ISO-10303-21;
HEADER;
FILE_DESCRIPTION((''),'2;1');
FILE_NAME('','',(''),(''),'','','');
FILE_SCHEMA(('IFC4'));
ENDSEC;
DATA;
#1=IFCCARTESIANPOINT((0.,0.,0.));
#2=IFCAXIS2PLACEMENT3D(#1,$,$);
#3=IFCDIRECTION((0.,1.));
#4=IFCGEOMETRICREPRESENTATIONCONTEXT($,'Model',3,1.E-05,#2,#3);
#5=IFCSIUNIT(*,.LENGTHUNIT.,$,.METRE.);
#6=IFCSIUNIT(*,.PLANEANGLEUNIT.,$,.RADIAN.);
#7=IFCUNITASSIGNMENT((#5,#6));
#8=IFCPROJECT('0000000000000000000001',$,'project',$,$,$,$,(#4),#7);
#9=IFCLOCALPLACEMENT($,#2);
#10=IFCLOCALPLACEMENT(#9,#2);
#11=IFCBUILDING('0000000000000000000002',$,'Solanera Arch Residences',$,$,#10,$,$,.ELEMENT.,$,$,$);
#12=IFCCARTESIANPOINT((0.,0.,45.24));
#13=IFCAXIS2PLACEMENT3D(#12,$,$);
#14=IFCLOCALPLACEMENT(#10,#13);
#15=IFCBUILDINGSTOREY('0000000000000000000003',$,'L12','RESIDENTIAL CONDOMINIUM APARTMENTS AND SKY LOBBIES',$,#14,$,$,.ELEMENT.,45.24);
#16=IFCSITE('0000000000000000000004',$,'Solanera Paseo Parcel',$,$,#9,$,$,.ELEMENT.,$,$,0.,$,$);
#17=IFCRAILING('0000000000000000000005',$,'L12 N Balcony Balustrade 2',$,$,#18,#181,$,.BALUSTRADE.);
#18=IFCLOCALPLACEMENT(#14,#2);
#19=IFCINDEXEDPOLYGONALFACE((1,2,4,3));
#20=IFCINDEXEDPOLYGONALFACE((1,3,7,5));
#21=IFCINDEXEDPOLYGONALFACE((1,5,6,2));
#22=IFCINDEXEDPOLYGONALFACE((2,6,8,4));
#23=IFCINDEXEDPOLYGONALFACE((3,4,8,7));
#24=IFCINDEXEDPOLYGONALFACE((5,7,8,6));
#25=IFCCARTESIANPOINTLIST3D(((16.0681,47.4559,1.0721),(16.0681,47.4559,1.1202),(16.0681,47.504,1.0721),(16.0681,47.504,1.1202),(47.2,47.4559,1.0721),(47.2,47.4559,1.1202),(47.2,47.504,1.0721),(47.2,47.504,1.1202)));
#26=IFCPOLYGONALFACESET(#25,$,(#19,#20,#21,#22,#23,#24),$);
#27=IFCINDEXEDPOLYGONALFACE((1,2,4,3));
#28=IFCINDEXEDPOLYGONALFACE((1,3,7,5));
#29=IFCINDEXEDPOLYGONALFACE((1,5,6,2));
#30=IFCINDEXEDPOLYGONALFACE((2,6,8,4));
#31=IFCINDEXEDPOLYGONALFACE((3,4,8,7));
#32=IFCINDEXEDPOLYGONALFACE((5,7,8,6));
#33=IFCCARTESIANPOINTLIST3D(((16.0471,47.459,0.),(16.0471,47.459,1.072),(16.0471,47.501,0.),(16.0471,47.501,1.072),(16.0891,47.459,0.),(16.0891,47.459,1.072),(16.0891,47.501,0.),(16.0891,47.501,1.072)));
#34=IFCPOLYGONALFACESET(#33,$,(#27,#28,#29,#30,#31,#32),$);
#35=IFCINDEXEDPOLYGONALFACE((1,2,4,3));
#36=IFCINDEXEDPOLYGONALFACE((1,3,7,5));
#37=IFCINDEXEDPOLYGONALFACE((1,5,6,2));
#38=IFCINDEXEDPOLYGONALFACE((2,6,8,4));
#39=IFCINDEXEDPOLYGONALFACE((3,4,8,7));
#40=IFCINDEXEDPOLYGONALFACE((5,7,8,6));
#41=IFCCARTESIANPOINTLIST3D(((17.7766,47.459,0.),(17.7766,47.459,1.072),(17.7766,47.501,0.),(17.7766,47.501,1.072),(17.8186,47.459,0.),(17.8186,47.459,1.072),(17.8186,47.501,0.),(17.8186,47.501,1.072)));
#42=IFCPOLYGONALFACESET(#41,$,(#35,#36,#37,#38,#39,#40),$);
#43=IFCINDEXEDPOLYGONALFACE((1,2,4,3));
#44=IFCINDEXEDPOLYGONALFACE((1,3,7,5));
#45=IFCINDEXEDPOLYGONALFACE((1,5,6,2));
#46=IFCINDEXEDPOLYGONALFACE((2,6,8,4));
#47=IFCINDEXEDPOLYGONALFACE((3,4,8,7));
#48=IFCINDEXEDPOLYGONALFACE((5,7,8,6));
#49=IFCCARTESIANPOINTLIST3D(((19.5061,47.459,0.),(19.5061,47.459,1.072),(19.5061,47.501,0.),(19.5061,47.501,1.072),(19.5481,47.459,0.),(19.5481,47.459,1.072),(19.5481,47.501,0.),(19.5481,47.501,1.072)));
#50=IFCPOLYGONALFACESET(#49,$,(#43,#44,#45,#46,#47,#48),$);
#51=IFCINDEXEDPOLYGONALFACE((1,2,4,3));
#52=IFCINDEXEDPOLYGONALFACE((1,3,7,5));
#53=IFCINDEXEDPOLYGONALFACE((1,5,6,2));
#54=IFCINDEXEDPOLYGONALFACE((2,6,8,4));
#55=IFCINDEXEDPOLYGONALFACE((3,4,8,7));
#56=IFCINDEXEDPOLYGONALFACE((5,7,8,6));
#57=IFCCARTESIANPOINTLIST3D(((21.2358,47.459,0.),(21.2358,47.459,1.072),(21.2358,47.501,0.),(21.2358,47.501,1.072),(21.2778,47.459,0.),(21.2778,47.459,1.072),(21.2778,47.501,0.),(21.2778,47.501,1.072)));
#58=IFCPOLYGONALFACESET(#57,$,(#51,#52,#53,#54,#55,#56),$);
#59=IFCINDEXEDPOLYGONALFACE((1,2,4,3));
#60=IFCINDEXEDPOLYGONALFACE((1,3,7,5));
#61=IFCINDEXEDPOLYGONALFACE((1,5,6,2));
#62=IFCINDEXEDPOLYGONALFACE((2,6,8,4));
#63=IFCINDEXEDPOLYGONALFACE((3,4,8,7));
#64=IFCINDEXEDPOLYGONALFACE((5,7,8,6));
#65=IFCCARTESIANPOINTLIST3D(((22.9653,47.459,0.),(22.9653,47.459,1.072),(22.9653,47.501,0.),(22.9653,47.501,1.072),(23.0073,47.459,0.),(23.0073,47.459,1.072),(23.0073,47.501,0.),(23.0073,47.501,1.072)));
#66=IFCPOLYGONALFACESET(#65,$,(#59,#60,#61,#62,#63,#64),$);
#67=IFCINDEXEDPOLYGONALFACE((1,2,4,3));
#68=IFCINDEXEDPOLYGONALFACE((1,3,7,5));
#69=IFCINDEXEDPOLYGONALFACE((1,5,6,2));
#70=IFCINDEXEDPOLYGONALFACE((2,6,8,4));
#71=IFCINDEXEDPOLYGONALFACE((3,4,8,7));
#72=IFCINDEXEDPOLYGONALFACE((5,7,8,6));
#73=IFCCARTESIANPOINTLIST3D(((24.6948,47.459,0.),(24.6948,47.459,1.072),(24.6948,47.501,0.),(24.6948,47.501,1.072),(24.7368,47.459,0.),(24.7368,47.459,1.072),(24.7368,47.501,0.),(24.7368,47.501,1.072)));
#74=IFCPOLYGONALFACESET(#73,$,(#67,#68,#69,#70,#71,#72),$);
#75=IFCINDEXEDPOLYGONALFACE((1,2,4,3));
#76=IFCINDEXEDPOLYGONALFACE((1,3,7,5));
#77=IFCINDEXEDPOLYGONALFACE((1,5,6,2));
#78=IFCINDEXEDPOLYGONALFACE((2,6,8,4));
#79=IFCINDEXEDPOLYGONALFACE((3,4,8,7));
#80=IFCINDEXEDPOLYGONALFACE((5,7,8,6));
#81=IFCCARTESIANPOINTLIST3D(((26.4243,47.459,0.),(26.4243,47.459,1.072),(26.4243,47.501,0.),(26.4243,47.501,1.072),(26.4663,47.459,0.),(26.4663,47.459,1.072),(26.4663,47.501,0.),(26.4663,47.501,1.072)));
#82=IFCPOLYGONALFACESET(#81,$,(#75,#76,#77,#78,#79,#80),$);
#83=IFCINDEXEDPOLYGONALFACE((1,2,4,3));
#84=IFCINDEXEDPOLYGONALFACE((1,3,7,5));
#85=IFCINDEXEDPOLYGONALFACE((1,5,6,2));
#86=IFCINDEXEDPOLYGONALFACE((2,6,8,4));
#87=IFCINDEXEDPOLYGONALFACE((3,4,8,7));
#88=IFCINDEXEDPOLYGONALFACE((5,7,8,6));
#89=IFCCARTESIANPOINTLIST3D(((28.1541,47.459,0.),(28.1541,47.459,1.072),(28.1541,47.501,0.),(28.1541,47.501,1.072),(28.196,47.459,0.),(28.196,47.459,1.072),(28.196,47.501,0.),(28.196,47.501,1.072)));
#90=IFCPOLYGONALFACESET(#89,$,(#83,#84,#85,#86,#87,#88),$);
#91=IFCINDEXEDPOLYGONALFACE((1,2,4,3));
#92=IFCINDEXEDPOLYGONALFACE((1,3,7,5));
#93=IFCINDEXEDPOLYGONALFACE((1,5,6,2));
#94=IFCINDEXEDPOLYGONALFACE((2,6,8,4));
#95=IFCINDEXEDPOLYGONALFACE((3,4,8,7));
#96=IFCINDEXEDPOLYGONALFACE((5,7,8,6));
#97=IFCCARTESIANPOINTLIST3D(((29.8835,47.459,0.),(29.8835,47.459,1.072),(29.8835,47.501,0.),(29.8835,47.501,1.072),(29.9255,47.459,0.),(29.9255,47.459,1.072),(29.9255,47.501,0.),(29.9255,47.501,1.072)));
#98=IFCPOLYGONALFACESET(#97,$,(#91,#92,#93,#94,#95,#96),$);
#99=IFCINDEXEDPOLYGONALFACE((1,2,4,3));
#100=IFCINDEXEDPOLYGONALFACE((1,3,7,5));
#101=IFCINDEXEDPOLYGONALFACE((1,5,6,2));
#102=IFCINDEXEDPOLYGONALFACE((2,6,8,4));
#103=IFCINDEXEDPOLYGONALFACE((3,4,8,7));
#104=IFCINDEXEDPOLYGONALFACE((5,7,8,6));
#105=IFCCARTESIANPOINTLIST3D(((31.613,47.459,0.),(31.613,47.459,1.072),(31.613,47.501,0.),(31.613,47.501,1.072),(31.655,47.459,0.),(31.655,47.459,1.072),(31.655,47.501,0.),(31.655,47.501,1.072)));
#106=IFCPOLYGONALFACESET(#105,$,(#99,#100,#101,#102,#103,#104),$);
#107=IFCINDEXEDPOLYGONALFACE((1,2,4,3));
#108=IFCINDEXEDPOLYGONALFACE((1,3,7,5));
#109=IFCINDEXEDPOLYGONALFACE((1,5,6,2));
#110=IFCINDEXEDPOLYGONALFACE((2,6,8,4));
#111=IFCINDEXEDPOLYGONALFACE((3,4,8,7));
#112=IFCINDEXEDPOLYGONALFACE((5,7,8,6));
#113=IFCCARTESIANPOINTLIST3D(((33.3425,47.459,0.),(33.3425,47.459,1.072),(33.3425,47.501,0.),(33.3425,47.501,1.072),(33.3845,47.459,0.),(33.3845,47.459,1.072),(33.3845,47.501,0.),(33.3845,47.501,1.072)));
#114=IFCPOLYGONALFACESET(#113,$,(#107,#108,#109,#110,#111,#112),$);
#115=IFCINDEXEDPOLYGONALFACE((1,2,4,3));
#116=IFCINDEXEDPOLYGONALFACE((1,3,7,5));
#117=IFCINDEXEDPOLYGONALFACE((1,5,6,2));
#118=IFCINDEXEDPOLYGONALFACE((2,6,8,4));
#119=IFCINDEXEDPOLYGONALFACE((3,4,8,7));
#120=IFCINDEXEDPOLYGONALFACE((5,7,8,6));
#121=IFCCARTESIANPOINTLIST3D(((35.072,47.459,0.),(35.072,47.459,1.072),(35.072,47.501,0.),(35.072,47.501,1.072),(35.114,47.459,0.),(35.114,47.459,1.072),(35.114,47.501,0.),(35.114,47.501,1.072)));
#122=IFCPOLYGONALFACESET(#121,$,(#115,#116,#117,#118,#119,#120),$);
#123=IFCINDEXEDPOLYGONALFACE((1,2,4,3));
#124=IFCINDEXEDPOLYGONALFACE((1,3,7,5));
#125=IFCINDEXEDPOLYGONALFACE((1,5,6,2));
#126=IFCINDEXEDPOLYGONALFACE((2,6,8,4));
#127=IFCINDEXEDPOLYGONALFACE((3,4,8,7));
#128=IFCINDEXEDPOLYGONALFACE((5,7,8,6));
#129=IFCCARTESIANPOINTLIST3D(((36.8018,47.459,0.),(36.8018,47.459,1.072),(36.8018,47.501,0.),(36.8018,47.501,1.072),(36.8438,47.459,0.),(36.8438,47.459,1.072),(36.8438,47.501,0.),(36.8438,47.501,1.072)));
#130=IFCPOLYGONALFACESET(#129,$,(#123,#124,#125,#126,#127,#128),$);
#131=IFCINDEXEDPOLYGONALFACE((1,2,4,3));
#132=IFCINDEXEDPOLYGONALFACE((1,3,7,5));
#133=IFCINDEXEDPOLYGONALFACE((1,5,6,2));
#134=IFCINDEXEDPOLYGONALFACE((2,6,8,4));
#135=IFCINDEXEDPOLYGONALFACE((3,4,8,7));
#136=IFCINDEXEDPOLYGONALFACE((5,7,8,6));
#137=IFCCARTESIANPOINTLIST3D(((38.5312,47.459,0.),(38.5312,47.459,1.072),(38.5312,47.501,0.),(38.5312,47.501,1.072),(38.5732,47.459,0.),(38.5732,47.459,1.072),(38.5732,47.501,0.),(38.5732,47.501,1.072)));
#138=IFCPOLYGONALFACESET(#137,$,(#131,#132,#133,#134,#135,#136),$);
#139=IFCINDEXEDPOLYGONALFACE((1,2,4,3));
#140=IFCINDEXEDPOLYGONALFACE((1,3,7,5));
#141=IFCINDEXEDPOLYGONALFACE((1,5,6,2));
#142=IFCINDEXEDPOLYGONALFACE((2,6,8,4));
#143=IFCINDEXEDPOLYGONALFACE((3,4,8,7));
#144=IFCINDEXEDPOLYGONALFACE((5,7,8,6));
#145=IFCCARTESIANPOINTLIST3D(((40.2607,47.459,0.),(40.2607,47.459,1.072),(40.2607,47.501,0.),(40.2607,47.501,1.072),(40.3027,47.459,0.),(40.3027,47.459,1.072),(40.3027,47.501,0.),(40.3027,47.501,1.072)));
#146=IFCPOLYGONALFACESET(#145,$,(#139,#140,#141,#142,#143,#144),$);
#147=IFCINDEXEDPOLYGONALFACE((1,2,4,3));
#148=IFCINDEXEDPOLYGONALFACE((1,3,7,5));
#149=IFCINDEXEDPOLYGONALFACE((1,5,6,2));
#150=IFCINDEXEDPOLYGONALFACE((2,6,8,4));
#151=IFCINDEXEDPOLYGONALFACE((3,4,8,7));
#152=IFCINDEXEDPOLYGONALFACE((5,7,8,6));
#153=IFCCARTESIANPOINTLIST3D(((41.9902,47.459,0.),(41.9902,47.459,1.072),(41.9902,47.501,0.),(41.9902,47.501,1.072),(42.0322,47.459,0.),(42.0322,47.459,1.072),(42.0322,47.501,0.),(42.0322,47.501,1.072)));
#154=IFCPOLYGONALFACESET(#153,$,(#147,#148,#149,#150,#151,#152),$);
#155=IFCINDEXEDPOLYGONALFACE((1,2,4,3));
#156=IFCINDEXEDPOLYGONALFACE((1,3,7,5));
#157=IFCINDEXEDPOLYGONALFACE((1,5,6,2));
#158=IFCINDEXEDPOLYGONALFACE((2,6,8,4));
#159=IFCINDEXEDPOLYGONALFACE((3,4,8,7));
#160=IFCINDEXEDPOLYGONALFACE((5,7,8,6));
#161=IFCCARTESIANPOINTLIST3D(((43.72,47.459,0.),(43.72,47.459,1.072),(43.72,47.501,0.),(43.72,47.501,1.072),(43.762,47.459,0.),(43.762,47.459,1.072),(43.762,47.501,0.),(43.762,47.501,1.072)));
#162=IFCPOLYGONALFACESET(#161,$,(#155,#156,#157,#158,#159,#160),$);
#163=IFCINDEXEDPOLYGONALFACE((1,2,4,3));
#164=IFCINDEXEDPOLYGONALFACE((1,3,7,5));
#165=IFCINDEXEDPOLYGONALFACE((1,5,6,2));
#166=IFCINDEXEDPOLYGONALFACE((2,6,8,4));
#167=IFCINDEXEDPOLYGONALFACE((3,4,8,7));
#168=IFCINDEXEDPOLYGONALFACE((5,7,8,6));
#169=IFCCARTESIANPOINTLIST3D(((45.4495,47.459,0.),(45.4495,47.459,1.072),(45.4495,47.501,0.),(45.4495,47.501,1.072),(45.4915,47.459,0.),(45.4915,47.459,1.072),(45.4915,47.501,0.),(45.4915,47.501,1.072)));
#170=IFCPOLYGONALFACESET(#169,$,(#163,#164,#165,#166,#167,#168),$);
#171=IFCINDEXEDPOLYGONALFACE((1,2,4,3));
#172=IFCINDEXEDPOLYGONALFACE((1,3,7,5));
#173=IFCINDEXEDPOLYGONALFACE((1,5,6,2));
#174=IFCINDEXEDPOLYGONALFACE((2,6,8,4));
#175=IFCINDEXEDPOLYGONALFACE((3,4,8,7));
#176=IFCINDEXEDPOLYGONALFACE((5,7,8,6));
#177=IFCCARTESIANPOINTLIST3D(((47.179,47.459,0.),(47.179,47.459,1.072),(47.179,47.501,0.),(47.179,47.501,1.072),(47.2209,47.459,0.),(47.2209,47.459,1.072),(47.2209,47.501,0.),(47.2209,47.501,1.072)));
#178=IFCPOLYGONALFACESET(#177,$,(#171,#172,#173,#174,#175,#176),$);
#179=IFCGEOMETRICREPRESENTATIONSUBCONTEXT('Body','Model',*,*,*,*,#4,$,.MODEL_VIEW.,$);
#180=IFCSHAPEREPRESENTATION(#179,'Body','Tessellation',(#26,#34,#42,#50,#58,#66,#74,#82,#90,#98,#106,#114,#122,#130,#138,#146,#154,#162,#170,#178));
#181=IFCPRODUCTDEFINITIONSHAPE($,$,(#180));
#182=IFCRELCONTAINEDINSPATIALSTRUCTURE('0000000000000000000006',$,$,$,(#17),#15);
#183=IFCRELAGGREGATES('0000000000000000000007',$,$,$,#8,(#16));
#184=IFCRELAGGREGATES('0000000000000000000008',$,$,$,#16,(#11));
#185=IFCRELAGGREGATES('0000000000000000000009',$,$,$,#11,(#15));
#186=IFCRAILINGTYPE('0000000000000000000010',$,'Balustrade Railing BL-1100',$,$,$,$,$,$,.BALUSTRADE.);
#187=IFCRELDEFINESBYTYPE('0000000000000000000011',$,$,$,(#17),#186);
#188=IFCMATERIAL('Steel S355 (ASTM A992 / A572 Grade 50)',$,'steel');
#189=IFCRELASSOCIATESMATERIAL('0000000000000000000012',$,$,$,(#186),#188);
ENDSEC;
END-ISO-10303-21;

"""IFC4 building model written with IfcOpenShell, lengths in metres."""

from ifc_helpers import new_model, si_unit, direction, frame, origin, origin_2d, place, context, subcontext, project, spatial, rectangle, extrude, material, type_object, element, save


model = new_model("IFC4")

# Units and contexts
model_context = context("Model", 3, precision=1e-05, world=origin(), true_north=direction((0.0, 1.0)))
body_context = subcontext(model_context, "Body", "Model", "MODEL_VIEW")
ifc_project = project(units=[si_unit("LENGTHUNIT", "METRE"), si_unit("PLANEANGLEUNIT", "RADIAN")], contexts=[model_context])

# Site, building, storey
site_placement = place(None, origin())
site = spatial("IfcSite", under=ifc_project, at=site_placement, Name="Solanera Paseo Parcel", CompositionType="ELEMENT", RefElevation=0.0)
building_placement = place(site_placement, origin())
building = spatial("IfcBuilding", under=site, at=building_placement, Name="Solanera Arch Residences", CompositionType="ELEMENT")
storey_placement = place(building_placement, frame((0.0, 0.0, 45.24)))
storey = spatial("IfcBuildingStorey", under=building, at=storey_placement, Name="L12", Description="RESIDENTIAL CONDOMINIUM APARTMENTS AND SKY LOBBIES", CompositionType="ELEMENT", Elevation=45.24)

# Railing
ifc_material_1 = material(Name="Steel S355 (ASTM A992 / A572 Grade 50)", Category="steel")
railing_type = type_object("IfcRailingType", Name="Balustrade Railing BL-1100", PredefinedType="BALUSTRADE", material=ifc_material_1)
railing_placement = place(storey_placement, frame((16.0681, 47.48, 0.0)))
element("IfcRailing", 1, at=railing_placement, inside=storey, type_object=railing_type, Name="L12 N Balcony Balustrade 2", PredefinedType="BALUSTRADE", context=body_context, shape_type="SweptSolid", body=[
    extrude(rectangle(XDim=0.0481, YDim=0.0481, at=origin_2d()), frame((0.0, 0.0, 1.0962), z_axis=(1.0, 0.0, 0.0), x_axis=(0.0, 1.0, 0.0)), (0.0, 0.0, 1.0), 31.1318),
    extrude(rectangle(XDim=0.042, YDim=0.042, at=origin_2d()), origin(), (0.0, 0.0, 1.0), 1.072),
    extrude(rectangle(XDim=0.042, YDim=0.042, at=origin_2d()), frame((1.7295, 0.0, 0.0)), (0.0, 0.0, 1.0), 1.072),
    extrude(rectangle(XDim=0.042, YDim=0.042, at=origin_2d()), frame((3.459, 0.0, 0.0)), (0.0, 0.0, 1.0), 1.072),
    extrude(rectangle(XDim=0.042, YDim=0.042, at=origin_2d()), frame((5.1887, 0.0, 0.0)), (0.0, 0.0, 1.0), 1.072),
    extrude(rectangle(XDim=0.042, YDim=0.042, at=origin_2d()), frame((6.9182, 0.0, 0.0)), (0.0, 0.0, 1.0), 1.072),
    extrude(rectangle(XDim=0.042, YDim=0.042, at=origin_2d()), frame((8.6477, 0.0, 0.0)), (0.0, 0.0, 1.0), 1.072),
    extrude(rectangle(XDim=0.042, YDim=0.042, at=origin_2d()), frame((10.3772, 0.0, 0.0)), (0.0, 0.0, 1.0), 1.072),
    extrude(rectangle(XDim=0.042, YDim=0.042, at=origin_2d()), frame((12.1069, 0.0, 0.0)), (0.0, 0.0, 1.0), 1.072),
    extrude(rectangle(XDim=0.042, YDim=0.042, at=origin_2d()), frame((13.8364, 0.0, 0.0)), (0.0, 0.0, 1.0), 1.072),
    extrude(rectangle(XDim=0.042, YDim=0.042, at=origin_2d()), frame((15.5659, 0.0, 0.0)), (0.0, 0.0, 1.0), 1.072),
    extrude(rectangle(XDim=0.042, YDim=0.042, at=origin_2d()), frame((17.2954, 0.0, 0.0)), (0.0, 0.0, 1.0), 1.072),
    extrude(rectangle(XDim=0.042, YDim=0.042, at=origin_2d()), frame((19.0249, 0.0, 0.0)), (0.0, 0.0, 1.0), 1.072),
    extrude(rectangle(XDim=0.042, YDim=0.042, at=origin_2d()), frame((20.7546, 0.0, 0.0)), (0.0, 0.0, 1.0), 1.072),
    extrude(rectangle(XDim=0.042, YDim=0.042, at=origin_2d()), frame((22.4841, 0.0, 0.0)), (0.0, 0.0, 1.0), 1.072),
    extrude(rectangle(XDim=0.042, YDim=0.042, at=origin_2d()), frame((24.2136, 0.0, 0.0)), (0.0, 0.0, 1.0), 1.072),
    extrude(rectangle(XDim=0.042, YDim=0.042, at=origin_2d()), frame((25.9431, 0.0, 0.0)), (0.0, 0.0, 1.0), 1.072),
    extrude(rectangle(XDim=0.042, YDim=0.042, at=origin_2d()), frame((27.6729, 0.0, 0.0)), (0.0, 0.0, 1.0), 1.072),
    extrude(rectangle(XDim=0.042, YDim=0.042, at=origin_2d()), frame((29.4023, 0.0, 0.0)), (0.0, 0.0, 1.0), 1.072),
    extrude(rectangle(XDim=0.042, YDim=0.042, at=origin_2d()), frame((31.1318, 0.0, 0.0)), (0.0, 0.0, 1.0), 1.072),
])

save(model, "model.ifc")
